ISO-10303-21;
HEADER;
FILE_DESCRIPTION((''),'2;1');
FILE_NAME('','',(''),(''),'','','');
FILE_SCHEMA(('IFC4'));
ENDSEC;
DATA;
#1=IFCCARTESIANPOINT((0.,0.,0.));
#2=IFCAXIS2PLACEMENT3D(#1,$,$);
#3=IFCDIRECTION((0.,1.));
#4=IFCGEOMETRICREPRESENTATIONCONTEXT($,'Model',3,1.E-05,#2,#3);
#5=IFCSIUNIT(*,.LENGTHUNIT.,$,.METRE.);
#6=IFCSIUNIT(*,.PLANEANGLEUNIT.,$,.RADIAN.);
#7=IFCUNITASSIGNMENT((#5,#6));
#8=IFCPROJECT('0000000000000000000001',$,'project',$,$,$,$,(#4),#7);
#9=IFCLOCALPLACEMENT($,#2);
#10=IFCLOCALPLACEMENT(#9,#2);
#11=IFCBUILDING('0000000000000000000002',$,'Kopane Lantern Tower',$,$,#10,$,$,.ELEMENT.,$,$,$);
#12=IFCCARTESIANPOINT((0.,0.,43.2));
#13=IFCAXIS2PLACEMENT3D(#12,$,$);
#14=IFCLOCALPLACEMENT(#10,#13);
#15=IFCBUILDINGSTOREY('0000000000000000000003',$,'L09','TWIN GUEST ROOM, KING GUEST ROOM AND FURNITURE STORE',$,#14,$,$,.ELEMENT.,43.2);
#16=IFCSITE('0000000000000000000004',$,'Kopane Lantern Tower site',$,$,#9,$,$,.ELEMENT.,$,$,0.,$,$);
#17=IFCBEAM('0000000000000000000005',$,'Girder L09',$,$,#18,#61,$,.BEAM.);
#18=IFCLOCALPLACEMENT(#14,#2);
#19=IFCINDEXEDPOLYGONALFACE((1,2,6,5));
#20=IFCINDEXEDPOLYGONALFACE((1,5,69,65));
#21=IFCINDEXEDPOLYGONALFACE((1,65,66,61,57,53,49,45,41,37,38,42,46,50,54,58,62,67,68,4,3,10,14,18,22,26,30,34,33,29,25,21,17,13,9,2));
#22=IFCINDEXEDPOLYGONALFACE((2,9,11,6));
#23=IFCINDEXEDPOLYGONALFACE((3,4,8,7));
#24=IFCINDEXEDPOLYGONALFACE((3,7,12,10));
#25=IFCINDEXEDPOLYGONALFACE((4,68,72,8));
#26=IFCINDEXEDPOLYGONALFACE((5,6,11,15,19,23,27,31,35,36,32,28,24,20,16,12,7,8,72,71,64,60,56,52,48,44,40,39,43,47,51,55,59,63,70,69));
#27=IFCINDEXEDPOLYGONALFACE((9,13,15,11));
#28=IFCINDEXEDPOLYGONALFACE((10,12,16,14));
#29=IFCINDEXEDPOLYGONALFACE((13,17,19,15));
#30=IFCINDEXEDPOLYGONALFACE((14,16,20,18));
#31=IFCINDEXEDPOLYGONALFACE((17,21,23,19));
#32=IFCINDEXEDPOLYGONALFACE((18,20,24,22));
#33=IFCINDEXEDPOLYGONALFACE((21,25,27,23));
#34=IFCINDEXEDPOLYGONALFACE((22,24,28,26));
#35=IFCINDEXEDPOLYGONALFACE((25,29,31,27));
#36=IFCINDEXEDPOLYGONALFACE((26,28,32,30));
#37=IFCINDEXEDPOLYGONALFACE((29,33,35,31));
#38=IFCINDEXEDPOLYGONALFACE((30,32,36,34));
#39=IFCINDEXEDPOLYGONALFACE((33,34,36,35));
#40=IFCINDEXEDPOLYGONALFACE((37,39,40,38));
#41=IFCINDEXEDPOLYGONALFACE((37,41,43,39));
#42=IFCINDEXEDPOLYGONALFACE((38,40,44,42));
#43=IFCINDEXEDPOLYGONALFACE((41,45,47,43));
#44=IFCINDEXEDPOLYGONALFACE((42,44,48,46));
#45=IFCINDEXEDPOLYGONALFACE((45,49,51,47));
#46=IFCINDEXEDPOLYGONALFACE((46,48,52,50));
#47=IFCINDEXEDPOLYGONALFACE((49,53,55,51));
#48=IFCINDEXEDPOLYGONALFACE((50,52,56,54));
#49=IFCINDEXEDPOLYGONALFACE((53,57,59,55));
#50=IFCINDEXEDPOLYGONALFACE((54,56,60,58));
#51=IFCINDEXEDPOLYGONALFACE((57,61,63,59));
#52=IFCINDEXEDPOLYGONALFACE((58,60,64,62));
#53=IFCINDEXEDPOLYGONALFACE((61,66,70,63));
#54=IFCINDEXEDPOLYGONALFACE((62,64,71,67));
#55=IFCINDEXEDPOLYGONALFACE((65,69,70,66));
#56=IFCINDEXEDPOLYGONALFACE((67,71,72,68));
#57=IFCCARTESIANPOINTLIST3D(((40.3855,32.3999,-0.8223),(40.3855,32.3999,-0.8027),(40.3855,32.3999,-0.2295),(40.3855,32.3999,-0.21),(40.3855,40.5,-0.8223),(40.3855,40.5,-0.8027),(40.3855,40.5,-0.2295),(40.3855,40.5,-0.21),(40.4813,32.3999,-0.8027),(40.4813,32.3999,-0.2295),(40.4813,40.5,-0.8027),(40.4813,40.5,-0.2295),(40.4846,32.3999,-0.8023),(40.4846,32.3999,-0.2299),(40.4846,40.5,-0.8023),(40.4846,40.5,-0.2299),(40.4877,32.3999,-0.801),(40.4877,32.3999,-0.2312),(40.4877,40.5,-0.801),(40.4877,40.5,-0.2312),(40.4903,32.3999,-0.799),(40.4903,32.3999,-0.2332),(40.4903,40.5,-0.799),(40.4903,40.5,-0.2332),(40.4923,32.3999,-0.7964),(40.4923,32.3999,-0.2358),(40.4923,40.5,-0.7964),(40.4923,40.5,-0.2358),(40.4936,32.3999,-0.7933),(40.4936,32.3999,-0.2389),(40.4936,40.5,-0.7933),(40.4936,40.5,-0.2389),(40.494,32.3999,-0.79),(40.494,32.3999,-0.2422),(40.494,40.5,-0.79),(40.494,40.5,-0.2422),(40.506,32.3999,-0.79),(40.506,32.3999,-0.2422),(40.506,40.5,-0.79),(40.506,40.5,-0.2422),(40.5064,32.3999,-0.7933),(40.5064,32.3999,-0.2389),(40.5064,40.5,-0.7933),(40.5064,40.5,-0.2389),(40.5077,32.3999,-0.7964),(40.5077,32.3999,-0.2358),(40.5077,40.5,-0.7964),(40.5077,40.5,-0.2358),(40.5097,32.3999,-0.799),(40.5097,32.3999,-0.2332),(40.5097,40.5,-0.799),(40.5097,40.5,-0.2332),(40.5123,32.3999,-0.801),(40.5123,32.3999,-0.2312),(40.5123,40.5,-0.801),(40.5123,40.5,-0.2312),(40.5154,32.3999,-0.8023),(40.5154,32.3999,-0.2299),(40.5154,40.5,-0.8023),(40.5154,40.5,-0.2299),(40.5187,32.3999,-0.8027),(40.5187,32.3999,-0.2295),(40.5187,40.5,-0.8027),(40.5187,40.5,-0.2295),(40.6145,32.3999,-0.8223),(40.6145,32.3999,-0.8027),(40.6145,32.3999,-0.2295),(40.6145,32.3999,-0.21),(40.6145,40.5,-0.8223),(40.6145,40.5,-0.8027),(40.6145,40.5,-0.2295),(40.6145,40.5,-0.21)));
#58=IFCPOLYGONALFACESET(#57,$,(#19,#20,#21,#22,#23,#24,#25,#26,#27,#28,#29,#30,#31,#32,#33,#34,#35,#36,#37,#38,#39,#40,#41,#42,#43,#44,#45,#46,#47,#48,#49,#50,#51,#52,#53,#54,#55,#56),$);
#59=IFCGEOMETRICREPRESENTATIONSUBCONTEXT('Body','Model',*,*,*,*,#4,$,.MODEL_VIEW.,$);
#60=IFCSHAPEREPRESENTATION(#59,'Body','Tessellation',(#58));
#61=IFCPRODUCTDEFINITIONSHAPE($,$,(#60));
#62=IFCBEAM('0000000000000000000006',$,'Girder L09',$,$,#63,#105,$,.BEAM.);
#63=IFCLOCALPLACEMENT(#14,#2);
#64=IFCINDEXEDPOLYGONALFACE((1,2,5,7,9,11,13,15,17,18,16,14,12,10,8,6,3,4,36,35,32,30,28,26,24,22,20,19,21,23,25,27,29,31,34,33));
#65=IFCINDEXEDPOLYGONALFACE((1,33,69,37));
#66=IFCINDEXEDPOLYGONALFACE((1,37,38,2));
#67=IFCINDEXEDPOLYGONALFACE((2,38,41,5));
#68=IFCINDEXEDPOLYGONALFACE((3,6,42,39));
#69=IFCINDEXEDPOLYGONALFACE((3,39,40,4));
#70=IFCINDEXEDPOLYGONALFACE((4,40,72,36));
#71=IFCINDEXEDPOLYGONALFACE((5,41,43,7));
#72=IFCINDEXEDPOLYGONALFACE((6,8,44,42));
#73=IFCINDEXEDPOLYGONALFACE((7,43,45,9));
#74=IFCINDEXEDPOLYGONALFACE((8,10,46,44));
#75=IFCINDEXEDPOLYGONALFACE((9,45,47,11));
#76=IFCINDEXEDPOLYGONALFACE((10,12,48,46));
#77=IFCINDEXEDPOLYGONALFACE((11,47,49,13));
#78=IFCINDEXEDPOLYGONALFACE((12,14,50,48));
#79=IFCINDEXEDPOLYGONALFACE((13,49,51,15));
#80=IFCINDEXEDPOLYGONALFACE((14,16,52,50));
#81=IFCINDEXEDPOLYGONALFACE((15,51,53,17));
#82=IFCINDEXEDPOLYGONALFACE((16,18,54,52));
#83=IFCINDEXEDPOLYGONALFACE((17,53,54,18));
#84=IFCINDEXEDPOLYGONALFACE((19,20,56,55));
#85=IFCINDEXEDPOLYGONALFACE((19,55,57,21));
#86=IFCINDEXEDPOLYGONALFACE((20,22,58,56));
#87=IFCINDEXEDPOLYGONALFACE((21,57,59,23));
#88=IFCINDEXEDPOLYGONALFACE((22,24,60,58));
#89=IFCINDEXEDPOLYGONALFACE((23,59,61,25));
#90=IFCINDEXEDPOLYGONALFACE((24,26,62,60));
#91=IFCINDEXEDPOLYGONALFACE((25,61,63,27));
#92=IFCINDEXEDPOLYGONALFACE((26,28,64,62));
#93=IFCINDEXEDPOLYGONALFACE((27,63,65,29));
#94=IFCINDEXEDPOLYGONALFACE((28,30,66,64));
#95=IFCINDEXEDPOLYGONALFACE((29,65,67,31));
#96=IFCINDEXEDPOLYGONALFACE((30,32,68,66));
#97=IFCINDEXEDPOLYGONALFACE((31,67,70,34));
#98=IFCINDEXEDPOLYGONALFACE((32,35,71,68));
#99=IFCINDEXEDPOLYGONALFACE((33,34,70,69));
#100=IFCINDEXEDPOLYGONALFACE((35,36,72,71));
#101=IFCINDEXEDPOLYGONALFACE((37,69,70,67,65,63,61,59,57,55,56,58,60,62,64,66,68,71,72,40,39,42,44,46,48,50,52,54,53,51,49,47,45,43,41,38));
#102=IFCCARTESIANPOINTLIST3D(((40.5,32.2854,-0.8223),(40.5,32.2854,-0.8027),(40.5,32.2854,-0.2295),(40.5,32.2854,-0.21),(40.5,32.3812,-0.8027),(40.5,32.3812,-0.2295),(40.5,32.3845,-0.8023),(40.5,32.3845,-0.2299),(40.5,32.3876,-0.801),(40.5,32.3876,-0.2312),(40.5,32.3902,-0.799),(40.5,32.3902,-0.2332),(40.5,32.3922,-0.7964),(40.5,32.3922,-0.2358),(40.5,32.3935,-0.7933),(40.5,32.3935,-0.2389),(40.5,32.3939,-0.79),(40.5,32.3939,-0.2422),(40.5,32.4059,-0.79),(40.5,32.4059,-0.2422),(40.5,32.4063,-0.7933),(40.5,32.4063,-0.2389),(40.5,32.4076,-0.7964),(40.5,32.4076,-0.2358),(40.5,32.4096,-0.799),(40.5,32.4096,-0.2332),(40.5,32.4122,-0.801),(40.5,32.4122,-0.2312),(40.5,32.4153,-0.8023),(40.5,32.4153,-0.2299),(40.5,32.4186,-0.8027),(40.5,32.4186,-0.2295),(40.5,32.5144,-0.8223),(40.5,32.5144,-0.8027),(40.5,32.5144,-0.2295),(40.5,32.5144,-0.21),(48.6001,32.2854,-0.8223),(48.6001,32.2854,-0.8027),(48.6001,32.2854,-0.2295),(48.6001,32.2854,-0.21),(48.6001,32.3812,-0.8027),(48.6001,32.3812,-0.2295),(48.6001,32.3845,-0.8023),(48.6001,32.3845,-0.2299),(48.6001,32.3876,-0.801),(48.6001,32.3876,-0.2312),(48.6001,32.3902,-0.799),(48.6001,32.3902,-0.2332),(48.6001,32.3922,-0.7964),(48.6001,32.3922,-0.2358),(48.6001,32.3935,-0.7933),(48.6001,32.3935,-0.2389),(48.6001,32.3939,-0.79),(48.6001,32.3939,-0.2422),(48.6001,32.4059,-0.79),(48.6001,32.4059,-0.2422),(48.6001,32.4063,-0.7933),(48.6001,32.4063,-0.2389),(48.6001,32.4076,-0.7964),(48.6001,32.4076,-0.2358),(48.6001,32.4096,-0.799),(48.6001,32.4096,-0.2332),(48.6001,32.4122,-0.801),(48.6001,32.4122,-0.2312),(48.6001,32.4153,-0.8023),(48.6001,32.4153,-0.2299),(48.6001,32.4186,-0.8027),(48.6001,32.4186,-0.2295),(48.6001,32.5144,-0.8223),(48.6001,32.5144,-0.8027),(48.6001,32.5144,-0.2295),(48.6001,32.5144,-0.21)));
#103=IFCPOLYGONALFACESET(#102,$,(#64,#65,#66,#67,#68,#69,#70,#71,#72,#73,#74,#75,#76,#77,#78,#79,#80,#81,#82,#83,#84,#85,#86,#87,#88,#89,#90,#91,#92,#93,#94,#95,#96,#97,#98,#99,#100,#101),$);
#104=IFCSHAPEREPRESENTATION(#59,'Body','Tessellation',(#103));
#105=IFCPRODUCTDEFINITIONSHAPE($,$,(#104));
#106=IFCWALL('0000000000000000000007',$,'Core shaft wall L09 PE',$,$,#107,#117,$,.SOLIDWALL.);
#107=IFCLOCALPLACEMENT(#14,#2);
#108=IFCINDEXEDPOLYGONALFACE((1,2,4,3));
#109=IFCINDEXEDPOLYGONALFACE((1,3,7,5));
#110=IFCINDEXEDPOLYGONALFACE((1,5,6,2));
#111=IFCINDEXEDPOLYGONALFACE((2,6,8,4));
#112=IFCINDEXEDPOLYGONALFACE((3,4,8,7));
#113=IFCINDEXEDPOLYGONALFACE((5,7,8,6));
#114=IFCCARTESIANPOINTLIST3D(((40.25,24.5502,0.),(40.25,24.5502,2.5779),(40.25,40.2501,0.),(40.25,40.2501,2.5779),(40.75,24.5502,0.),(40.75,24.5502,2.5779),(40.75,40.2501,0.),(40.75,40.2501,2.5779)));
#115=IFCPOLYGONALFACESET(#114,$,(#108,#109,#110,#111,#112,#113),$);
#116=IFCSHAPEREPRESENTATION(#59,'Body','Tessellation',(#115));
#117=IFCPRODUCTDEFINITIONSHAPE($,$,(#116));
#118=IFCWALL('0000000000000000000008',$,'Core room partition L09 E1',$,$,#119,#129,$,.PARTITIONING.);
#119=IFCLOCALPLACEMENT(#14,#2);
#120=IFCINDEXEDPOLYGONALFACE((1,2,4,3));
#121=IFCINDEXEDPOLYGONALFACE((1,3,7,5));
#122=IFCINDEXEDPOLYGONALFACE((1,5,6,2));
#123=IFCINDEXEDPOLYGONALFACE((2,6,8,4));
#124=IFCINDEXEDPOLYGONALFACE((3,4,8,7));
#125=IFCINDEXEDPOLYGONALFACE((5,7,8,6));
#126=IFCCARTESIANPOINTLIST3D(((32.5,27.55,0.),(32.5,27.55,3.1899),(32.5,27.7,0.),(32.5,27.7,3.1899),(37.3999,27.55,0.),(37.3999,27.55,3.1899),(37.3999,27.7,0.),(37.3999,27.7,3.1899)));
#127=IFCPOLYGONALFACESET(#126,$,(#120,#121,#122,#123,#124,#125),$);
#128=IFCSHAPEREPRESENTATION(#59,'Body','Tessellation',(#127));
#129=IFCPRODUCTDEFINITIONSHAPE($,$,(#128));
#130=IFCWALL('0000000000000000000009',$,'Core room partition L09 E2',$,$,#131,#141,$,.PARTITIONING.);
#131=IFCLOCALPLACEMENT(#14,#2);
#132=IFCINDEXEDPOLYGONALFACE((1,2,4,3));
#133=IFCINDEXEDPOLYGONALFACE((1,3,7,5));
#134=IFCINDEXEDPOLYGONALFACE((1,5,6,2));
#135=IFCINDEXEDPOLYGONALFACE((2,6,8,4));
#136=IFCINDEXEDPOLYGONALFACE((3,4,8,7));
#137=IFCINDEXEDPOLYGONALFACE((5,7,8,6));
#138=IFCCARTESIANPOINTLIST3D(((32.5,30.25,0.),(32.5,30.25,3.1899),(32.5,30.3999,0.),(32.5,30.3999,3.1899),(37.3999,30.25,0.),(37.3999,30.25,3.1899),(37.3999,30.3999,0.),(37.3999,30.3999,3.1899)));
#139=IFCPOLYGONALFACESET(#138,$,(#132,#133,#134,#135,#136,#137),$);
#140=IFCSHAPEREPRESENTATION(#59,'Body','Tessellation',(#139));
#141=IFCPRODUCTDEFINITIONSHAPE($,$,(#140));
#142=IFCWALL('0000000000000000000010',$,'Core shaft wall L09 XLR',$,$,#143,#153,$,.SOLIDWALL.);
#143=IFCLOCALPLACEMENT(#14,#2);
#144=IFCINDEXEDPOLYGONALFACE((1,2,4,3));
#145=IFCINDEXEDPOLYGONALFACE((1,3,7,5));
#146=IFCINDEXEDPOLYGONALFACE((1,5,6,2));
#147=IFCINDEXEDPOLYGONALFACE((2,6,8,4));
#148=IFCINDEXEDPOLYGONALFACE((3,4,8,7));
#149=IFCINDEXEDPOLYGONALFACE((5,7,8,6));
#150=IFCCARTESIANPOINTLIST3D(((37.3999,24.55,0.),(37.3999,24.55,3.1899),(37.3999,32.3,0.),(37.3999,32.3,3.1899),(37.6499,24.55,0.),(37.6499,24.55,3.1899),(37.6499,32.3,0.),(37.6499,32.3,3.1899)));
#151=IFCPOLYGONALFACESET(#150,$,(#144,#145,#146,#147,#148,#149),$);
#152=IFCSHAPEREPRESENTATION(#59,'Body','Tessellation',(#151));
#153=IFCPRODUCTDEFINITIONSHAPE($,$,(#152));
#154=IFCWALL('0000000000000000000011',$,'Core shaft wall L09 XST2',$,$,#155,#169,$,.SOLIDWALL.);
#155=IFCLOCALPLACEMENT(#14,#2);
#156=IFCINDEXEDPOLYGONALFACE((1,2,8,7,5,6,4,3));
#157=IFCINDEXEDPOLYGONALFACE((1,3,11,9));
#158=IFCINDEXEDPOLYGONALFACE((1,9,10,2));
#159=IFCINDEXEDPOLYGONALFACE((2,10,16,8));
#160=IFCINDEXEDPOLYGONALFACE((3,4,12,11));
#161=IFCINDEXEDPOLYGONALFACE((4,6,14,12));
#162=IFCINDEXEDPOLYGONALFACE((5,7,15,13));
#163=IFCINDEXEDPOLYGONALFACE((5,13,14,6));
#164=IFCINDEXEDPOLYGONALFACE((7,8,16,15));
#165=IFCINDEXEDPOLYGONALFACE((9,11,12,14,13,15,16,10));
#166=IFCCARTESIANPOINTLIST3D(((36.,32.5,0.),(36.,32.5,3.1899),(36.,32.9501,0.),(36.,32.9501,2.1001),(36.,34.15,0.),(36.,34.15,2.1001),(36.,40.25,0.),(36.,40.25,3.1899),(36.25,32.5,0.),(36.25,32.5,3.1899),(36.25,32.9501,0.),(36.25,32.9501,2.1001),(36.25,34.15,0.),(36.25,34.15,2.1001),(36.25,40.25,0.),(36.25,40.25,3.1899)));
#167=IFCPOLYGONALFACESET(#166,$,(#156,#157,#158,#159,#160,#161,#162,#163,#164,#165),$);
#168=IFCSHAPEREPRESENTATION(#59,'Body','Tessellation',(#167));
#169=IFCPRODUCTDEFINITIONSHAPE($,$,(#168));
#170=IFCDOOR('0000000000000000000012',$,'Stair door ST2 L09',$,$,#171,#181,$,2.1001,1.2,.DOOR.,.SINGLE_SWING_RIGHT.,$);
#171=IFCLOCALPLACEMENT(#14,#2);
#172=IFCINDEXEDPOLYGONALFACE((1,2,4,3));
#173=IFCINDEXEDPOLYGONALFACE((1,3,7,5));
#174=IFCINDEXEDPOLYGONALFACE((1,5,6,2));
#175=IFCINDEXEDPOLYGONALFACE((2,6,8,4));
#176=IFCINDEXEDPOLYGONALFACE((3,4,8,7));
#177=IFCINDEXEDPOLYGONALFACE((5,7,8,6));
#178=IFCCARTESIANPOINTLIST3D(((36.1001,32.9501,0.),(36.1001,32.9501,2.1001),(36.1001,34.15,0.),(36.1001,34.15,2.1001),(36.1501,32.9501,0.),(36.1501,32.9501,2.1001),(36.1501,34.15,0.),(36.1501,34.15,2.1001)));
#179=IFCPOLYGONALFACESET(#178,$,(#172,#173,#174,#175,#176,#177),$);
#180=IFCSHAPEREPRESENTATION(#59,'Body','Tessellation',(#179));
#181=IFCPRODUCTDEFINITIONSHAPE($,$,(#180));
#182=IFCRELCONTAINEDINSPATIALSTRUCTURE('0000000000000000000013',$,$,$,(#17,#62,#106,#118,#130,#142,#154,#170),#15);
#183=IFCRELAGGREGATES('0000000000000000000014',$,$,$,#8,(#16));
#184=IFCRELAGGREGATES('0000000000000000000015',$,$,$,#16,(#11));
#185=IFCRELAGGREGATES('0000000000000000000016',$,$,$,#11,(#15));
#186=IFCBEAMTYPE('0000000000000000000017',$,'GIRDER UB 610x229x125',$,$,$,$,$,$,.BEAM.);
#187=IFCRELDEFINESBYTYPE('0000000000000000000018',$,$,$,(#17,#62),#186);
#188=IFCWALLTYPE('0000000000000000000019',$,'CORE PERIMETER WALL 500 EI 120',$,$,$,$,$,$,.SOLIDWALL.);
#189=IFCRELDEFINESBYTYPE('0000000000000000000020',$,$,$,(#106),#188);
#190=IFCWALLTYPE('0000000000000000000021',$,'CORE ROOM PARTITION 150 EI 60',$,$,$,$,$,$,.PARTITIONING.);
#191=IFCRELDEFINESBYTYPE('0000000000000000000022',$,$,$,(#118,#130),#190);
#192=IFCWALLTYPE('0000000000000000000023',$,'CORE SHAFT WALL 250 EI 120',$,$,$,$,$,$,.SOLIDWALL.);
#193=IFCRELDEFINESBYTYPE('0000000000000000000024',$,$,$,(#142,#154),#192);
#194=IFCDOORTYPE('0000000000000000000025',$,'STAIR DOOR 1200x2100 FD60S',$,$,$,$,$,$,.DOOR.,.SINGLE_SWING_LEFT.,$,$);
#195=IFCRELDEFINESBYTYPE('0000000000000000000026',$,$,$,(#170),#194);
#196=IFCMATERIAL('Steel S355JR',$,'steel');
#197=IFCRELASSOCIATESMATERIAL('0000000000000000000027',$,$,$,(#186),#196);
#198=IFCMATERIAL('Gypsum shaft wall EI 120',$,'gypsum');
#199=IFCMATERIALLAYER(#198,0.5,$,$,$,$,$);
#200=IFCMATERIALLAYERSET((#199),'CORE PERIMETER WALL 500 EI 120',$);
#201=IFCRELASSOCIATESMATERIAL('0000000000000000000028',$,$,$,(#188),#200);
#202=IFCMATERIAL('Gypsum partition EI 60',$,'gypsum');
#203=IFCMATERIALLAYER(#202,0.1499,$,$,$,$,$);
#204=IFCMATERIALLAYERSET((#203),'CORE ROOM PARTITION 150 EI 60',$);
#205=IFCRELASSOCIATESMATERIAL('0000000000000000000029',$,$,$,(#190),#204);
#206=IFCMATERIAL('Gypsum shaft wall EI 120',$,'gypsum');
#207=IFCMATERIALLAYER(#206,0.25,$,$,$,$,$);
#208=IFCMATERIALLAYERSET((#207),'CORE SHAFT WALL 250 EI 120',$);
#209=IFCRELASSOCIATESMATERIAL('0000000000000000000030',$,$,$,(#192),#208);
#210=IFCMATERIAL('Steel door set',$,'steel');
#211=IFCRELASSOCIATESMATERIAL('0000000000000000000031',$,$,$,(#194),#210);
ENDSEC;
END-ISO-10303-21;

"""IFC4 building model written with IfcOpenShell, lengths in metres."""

from ifc_helpers import new_model, si_unit, direction, frame, frame_2d, origin, origin_2d, place, context, subcontext, project, spatial, rectangle, i_section, extrude, material, layer, layer_set, material_profile, profile_set, type_object, element, fill, save


model = new_model("IFC4")

# Units and contexts
model_context = context("Model", 3, precision=1e-05, world=origin(), true_north=direction((0.0, 1.0)))
body_context = subcontext(model_context, "Body", "Model", "MODEL_VIEW")
ifc_project = project(units=[si_unit("LENGTHUNIT", "METRE"), si_unit("PLANEANGLEUNIT", "RADIAN")], contexts=[model_context])

# Site, building, storey
site_placement = place(None, origin())
site = spatial("IfcSite", under=ifc_project, at=site_placement, Name="Kopane Lantern Tower site", CompositionType="ELEMENT", RefElevation=0.0)
building_placement = place(site_placement, origin())
building = spatial("IfcBuilding", under=site, at=building_placement, Name="Kopane Lantern Tower", CompositionType="ELEMENT")
storey_placement = place(building_placement, frame((0.0, 0.0, 43.2)))
storey = spatial("IfcBuildingStorey", under=building, at=storey_placement, Name="L09", Description="TWIN GUEST ROOM, KING GUEST ROOM AND FURNITURE STORE", CompositionType="ELEMENT", Elevation=43.2)

# Beams
ifc_material_1 = material(Name="Steel S355JR", Category="steel")
ifc_material_profile_1 = material_profile(ifc_material_1, i_section(OverallWidth=0.229, OverallDepth=0.6123, WebThickness=0.012, FlangeThickness=0.0195, FilletRadius=0.0127, at=origin_2d()), Name="UB 610x229x125")
ifc_profile_set_1 = profile_set([ifc_material_profile_1], Name="Steel S355JR")
beam_type_1 = type_object("IfcBeamType", Name="GIRDER UB 610x229x125", PredefinedType="BEAM", material=ifc_profile_set_1)
for number, where, z_axis, x_axis, name in (
    (1, (40.5, 32.3999, -0.5161), (0.0, 1.0, 0.0), (-1.0, 0.0, 0.0), "Girder L09"),
    (2, (40.5, 32.3999, -0.5161), (1.0, 0.0, 0.0), (0.0, 1.0, 0.0), "Girder L09"),
):
    element("IfcBeam", number, at=place(storey_placement, frame(where, z_axis=z_axis, x_axis=x_axis)), inside=storey, type_object=beam_type_1, Name=name, PredefinedType="BEAM", context=body_context, shape_type="SweptSolid", body=[
        extrude(i_section(OverallWidth=0.229, OverallDepth=0.6123, WebThickness=0.012, FlangeThickness=0.0195, FilletRadius=0.0127, at=origin_2d()), origin(), (0.0, 0.0, 1.0), 8.1001),
    ])

# Walls
ifc_material_2 = material(Name="Gypsum shaft wall EI 120", Category="gypsum")
ifc_layer_1 = layer(ifc_material_2, 0.5)
ifc_layer_set_1 = layer_set([ifc_layer_1], Name="CORE PERIMETER WALL 500 EI 120")
wall_type_1 = type_object("IfcWallType", Name="CORE PERIMETER WALL 500 EI 120", PredefinedType="SOLIDWALL", material=ifc_layer_set_1)
wall_1_placement = place(storey_placement, frame((40.5, 24.55, 0.0), z_axis=(0.0, 0.0, 1.0), x_axis=(0.0, 1.0, 0.0)))
element("IfcWall", 3, at=wall_1_placement, inside=storey, type_object=wall_type_1, Name="Core shaft wall L09 PE", PredefinedType="SOLIDWALL", context=body_context, shape_type="SweptSolid", body=[
    extrude(rectangle(XDim=15.7, YDim=0.5, at=frame_2d((7.8501, 0.0))), origin(), (0.0, 0.0, 1.0), 2.5779),
])
ifc_material_3 = material(Name="Gypsum partition EI 60", Category="gypsum")
ifc_layer_2 = layer(ifc_material_3, 0.1499)
ifc_layer_set_2 = layer_set([ifc_layer_2], Name="CORE ROOM PARTITION 150 EI 60")
wall_type_2 = type_object("IfcWallType", Name="CORE ROOM PARTITION 150 EI 60", PredefinedType="PARTITIONING", material=ifc_layer_set_2)
for number, where, z_axis, x_axis, name in (
    (4, (32.5, 27.625, 0.0), (0.0, 0.0, 1.0), (1.0, 0.0, 0.0), "Core room partition L09 E1"),
    (5, (32.5, 30.325, 0.0), (0.0, 0.0, 1.0), (1.0, 0.0, 0.0), "Core room partition L09 E2"),
):
    element("IfcWall", number, at=place(storey_placement, frame(where, z_axis=z_axis, x_axis=x_axis)), inside=storey, type_object=wall_type_2, Name=name, PredefinedType="PARTITIONING", context=body_context, shape_type="SweptSolid", body=[
        extrude(rectangle(XDim=4.8999, YDim=0.1499, at=frame_2d((2.45, 0.0))), origin(), (0.0, 0.0, 1.0), 3.1899),
    ])
ifc_material_4 = material(Name="Gypsum shaft wall EI 120", Category="gypsum")
ifc_layer_3 = layer(ifc_material_4, 0.25)
ifc_layer_set_3 = layer_set([ifc_layer_3], Name="CORE SHAFT WALL 250 EI 120")
wall_type_3 = type_object("IfcWallType", Name="CORE SHAFT WALL 250 EI 120", PredefinedType="SOLIDWALL", material=ifc_layer_set_3)
wall_2_placement = place(storey_placement, frame((37.5249, 24.55, 0.0), z_axis=(0.0, 0.0, 1.0), x_axis=(0.0, 1.0, 0.0)))
element("IfcWall", 6, at=wall_2_placement, inside=storey, type_object=wall_type_3, Name="Core shaft wall L09 XLR", PredefinedType="SOLIDWALL", context=body_context, shape_type="SweptSolid", body=[
    extrude(rectangle(XDim=7.75, YDim=0.25, at=frame_2d((3.875, 0.0))), origin(), (0.0, 0.0, 1.0), 3.1899),
])

# Wall, opening, door
wall_3_placement = place(storey_placement, frame((36.125, 32.5, 0.0), z_axis=(0.0, 0.0, 1.0), x_axis=(0.0, 1.0, 0.0)))
wall_3 = element("IfcWall", 7, at=wall_3_placement, inside=storey, type_object=wall_type_3, Name="Core shaft wall L09 XST2", PredefinedType="SOLIDWALL", context=body_context, shape_type="SweptSolid", body=[
    extrude(rectangle(XDim=7.75, YDim=0.25, at=frame_2d((3.875, 0.0))), origin(), (0.0, 0.0, 1.0), 3.1899),
])
opening_1_placement = place(wall_3_placement, frame((0.45, 0.0, 0.0)))
opening_1 = element("IfcOpeningElement", 8, at=opening_1_placement, cuts=wall_3, PredefinedType="OPENING", context=body_context, shape_type="SweptSolid", body=[
    extrude(rectangle(XDim=1.2, YDim=2.1001, at=frame_2d((0.6001, 1.05))), frame((0.0, 0.135, 0.0), z_axis=(0.0, -1.0, 0.0), x_axis=(1.0, 0.0, 0.0)), (0.0, 0.0, 1.0), 0.27),
])
ifc_material_5 = material(Name="Steel door set", Category="steel")
door_type_1 = type_object("IfcDoorType", Name="STAIR DOOR 1200x2100 FD60S", OperationType="SINGLE_SWING_LEFT", PredefinedType="DOOR", material=ifc_material_5)
door_1_placement = place(opening_1_placement, origin())
door_1 = element("IfcDoor", 9, at=door_1_placement, inside=storey, type_object=door_type_1, Name="Stair door ST2 L09", OperationType="SINGLE_SWING_RIGHT", OverallHeight=2.1001, OverallWidth=1.2, PredefinedType="DOOR", context=body_context, shape_type="SweptSolid", body=[
    extrude(rectangle(XDim=1.2, YDim=2.1001, at=frame_2d((0.6001, 1.05))), frame((0.0, 0.0249, 0.0), z_axis=(0.0, -1.0, 0.0), x_axis=(1.0, 0.0, 0.0)), (0.0, 0.0, 1.0), 0.05),
])
fill(opening_1, door_1)

save(model, "model.ifc")
